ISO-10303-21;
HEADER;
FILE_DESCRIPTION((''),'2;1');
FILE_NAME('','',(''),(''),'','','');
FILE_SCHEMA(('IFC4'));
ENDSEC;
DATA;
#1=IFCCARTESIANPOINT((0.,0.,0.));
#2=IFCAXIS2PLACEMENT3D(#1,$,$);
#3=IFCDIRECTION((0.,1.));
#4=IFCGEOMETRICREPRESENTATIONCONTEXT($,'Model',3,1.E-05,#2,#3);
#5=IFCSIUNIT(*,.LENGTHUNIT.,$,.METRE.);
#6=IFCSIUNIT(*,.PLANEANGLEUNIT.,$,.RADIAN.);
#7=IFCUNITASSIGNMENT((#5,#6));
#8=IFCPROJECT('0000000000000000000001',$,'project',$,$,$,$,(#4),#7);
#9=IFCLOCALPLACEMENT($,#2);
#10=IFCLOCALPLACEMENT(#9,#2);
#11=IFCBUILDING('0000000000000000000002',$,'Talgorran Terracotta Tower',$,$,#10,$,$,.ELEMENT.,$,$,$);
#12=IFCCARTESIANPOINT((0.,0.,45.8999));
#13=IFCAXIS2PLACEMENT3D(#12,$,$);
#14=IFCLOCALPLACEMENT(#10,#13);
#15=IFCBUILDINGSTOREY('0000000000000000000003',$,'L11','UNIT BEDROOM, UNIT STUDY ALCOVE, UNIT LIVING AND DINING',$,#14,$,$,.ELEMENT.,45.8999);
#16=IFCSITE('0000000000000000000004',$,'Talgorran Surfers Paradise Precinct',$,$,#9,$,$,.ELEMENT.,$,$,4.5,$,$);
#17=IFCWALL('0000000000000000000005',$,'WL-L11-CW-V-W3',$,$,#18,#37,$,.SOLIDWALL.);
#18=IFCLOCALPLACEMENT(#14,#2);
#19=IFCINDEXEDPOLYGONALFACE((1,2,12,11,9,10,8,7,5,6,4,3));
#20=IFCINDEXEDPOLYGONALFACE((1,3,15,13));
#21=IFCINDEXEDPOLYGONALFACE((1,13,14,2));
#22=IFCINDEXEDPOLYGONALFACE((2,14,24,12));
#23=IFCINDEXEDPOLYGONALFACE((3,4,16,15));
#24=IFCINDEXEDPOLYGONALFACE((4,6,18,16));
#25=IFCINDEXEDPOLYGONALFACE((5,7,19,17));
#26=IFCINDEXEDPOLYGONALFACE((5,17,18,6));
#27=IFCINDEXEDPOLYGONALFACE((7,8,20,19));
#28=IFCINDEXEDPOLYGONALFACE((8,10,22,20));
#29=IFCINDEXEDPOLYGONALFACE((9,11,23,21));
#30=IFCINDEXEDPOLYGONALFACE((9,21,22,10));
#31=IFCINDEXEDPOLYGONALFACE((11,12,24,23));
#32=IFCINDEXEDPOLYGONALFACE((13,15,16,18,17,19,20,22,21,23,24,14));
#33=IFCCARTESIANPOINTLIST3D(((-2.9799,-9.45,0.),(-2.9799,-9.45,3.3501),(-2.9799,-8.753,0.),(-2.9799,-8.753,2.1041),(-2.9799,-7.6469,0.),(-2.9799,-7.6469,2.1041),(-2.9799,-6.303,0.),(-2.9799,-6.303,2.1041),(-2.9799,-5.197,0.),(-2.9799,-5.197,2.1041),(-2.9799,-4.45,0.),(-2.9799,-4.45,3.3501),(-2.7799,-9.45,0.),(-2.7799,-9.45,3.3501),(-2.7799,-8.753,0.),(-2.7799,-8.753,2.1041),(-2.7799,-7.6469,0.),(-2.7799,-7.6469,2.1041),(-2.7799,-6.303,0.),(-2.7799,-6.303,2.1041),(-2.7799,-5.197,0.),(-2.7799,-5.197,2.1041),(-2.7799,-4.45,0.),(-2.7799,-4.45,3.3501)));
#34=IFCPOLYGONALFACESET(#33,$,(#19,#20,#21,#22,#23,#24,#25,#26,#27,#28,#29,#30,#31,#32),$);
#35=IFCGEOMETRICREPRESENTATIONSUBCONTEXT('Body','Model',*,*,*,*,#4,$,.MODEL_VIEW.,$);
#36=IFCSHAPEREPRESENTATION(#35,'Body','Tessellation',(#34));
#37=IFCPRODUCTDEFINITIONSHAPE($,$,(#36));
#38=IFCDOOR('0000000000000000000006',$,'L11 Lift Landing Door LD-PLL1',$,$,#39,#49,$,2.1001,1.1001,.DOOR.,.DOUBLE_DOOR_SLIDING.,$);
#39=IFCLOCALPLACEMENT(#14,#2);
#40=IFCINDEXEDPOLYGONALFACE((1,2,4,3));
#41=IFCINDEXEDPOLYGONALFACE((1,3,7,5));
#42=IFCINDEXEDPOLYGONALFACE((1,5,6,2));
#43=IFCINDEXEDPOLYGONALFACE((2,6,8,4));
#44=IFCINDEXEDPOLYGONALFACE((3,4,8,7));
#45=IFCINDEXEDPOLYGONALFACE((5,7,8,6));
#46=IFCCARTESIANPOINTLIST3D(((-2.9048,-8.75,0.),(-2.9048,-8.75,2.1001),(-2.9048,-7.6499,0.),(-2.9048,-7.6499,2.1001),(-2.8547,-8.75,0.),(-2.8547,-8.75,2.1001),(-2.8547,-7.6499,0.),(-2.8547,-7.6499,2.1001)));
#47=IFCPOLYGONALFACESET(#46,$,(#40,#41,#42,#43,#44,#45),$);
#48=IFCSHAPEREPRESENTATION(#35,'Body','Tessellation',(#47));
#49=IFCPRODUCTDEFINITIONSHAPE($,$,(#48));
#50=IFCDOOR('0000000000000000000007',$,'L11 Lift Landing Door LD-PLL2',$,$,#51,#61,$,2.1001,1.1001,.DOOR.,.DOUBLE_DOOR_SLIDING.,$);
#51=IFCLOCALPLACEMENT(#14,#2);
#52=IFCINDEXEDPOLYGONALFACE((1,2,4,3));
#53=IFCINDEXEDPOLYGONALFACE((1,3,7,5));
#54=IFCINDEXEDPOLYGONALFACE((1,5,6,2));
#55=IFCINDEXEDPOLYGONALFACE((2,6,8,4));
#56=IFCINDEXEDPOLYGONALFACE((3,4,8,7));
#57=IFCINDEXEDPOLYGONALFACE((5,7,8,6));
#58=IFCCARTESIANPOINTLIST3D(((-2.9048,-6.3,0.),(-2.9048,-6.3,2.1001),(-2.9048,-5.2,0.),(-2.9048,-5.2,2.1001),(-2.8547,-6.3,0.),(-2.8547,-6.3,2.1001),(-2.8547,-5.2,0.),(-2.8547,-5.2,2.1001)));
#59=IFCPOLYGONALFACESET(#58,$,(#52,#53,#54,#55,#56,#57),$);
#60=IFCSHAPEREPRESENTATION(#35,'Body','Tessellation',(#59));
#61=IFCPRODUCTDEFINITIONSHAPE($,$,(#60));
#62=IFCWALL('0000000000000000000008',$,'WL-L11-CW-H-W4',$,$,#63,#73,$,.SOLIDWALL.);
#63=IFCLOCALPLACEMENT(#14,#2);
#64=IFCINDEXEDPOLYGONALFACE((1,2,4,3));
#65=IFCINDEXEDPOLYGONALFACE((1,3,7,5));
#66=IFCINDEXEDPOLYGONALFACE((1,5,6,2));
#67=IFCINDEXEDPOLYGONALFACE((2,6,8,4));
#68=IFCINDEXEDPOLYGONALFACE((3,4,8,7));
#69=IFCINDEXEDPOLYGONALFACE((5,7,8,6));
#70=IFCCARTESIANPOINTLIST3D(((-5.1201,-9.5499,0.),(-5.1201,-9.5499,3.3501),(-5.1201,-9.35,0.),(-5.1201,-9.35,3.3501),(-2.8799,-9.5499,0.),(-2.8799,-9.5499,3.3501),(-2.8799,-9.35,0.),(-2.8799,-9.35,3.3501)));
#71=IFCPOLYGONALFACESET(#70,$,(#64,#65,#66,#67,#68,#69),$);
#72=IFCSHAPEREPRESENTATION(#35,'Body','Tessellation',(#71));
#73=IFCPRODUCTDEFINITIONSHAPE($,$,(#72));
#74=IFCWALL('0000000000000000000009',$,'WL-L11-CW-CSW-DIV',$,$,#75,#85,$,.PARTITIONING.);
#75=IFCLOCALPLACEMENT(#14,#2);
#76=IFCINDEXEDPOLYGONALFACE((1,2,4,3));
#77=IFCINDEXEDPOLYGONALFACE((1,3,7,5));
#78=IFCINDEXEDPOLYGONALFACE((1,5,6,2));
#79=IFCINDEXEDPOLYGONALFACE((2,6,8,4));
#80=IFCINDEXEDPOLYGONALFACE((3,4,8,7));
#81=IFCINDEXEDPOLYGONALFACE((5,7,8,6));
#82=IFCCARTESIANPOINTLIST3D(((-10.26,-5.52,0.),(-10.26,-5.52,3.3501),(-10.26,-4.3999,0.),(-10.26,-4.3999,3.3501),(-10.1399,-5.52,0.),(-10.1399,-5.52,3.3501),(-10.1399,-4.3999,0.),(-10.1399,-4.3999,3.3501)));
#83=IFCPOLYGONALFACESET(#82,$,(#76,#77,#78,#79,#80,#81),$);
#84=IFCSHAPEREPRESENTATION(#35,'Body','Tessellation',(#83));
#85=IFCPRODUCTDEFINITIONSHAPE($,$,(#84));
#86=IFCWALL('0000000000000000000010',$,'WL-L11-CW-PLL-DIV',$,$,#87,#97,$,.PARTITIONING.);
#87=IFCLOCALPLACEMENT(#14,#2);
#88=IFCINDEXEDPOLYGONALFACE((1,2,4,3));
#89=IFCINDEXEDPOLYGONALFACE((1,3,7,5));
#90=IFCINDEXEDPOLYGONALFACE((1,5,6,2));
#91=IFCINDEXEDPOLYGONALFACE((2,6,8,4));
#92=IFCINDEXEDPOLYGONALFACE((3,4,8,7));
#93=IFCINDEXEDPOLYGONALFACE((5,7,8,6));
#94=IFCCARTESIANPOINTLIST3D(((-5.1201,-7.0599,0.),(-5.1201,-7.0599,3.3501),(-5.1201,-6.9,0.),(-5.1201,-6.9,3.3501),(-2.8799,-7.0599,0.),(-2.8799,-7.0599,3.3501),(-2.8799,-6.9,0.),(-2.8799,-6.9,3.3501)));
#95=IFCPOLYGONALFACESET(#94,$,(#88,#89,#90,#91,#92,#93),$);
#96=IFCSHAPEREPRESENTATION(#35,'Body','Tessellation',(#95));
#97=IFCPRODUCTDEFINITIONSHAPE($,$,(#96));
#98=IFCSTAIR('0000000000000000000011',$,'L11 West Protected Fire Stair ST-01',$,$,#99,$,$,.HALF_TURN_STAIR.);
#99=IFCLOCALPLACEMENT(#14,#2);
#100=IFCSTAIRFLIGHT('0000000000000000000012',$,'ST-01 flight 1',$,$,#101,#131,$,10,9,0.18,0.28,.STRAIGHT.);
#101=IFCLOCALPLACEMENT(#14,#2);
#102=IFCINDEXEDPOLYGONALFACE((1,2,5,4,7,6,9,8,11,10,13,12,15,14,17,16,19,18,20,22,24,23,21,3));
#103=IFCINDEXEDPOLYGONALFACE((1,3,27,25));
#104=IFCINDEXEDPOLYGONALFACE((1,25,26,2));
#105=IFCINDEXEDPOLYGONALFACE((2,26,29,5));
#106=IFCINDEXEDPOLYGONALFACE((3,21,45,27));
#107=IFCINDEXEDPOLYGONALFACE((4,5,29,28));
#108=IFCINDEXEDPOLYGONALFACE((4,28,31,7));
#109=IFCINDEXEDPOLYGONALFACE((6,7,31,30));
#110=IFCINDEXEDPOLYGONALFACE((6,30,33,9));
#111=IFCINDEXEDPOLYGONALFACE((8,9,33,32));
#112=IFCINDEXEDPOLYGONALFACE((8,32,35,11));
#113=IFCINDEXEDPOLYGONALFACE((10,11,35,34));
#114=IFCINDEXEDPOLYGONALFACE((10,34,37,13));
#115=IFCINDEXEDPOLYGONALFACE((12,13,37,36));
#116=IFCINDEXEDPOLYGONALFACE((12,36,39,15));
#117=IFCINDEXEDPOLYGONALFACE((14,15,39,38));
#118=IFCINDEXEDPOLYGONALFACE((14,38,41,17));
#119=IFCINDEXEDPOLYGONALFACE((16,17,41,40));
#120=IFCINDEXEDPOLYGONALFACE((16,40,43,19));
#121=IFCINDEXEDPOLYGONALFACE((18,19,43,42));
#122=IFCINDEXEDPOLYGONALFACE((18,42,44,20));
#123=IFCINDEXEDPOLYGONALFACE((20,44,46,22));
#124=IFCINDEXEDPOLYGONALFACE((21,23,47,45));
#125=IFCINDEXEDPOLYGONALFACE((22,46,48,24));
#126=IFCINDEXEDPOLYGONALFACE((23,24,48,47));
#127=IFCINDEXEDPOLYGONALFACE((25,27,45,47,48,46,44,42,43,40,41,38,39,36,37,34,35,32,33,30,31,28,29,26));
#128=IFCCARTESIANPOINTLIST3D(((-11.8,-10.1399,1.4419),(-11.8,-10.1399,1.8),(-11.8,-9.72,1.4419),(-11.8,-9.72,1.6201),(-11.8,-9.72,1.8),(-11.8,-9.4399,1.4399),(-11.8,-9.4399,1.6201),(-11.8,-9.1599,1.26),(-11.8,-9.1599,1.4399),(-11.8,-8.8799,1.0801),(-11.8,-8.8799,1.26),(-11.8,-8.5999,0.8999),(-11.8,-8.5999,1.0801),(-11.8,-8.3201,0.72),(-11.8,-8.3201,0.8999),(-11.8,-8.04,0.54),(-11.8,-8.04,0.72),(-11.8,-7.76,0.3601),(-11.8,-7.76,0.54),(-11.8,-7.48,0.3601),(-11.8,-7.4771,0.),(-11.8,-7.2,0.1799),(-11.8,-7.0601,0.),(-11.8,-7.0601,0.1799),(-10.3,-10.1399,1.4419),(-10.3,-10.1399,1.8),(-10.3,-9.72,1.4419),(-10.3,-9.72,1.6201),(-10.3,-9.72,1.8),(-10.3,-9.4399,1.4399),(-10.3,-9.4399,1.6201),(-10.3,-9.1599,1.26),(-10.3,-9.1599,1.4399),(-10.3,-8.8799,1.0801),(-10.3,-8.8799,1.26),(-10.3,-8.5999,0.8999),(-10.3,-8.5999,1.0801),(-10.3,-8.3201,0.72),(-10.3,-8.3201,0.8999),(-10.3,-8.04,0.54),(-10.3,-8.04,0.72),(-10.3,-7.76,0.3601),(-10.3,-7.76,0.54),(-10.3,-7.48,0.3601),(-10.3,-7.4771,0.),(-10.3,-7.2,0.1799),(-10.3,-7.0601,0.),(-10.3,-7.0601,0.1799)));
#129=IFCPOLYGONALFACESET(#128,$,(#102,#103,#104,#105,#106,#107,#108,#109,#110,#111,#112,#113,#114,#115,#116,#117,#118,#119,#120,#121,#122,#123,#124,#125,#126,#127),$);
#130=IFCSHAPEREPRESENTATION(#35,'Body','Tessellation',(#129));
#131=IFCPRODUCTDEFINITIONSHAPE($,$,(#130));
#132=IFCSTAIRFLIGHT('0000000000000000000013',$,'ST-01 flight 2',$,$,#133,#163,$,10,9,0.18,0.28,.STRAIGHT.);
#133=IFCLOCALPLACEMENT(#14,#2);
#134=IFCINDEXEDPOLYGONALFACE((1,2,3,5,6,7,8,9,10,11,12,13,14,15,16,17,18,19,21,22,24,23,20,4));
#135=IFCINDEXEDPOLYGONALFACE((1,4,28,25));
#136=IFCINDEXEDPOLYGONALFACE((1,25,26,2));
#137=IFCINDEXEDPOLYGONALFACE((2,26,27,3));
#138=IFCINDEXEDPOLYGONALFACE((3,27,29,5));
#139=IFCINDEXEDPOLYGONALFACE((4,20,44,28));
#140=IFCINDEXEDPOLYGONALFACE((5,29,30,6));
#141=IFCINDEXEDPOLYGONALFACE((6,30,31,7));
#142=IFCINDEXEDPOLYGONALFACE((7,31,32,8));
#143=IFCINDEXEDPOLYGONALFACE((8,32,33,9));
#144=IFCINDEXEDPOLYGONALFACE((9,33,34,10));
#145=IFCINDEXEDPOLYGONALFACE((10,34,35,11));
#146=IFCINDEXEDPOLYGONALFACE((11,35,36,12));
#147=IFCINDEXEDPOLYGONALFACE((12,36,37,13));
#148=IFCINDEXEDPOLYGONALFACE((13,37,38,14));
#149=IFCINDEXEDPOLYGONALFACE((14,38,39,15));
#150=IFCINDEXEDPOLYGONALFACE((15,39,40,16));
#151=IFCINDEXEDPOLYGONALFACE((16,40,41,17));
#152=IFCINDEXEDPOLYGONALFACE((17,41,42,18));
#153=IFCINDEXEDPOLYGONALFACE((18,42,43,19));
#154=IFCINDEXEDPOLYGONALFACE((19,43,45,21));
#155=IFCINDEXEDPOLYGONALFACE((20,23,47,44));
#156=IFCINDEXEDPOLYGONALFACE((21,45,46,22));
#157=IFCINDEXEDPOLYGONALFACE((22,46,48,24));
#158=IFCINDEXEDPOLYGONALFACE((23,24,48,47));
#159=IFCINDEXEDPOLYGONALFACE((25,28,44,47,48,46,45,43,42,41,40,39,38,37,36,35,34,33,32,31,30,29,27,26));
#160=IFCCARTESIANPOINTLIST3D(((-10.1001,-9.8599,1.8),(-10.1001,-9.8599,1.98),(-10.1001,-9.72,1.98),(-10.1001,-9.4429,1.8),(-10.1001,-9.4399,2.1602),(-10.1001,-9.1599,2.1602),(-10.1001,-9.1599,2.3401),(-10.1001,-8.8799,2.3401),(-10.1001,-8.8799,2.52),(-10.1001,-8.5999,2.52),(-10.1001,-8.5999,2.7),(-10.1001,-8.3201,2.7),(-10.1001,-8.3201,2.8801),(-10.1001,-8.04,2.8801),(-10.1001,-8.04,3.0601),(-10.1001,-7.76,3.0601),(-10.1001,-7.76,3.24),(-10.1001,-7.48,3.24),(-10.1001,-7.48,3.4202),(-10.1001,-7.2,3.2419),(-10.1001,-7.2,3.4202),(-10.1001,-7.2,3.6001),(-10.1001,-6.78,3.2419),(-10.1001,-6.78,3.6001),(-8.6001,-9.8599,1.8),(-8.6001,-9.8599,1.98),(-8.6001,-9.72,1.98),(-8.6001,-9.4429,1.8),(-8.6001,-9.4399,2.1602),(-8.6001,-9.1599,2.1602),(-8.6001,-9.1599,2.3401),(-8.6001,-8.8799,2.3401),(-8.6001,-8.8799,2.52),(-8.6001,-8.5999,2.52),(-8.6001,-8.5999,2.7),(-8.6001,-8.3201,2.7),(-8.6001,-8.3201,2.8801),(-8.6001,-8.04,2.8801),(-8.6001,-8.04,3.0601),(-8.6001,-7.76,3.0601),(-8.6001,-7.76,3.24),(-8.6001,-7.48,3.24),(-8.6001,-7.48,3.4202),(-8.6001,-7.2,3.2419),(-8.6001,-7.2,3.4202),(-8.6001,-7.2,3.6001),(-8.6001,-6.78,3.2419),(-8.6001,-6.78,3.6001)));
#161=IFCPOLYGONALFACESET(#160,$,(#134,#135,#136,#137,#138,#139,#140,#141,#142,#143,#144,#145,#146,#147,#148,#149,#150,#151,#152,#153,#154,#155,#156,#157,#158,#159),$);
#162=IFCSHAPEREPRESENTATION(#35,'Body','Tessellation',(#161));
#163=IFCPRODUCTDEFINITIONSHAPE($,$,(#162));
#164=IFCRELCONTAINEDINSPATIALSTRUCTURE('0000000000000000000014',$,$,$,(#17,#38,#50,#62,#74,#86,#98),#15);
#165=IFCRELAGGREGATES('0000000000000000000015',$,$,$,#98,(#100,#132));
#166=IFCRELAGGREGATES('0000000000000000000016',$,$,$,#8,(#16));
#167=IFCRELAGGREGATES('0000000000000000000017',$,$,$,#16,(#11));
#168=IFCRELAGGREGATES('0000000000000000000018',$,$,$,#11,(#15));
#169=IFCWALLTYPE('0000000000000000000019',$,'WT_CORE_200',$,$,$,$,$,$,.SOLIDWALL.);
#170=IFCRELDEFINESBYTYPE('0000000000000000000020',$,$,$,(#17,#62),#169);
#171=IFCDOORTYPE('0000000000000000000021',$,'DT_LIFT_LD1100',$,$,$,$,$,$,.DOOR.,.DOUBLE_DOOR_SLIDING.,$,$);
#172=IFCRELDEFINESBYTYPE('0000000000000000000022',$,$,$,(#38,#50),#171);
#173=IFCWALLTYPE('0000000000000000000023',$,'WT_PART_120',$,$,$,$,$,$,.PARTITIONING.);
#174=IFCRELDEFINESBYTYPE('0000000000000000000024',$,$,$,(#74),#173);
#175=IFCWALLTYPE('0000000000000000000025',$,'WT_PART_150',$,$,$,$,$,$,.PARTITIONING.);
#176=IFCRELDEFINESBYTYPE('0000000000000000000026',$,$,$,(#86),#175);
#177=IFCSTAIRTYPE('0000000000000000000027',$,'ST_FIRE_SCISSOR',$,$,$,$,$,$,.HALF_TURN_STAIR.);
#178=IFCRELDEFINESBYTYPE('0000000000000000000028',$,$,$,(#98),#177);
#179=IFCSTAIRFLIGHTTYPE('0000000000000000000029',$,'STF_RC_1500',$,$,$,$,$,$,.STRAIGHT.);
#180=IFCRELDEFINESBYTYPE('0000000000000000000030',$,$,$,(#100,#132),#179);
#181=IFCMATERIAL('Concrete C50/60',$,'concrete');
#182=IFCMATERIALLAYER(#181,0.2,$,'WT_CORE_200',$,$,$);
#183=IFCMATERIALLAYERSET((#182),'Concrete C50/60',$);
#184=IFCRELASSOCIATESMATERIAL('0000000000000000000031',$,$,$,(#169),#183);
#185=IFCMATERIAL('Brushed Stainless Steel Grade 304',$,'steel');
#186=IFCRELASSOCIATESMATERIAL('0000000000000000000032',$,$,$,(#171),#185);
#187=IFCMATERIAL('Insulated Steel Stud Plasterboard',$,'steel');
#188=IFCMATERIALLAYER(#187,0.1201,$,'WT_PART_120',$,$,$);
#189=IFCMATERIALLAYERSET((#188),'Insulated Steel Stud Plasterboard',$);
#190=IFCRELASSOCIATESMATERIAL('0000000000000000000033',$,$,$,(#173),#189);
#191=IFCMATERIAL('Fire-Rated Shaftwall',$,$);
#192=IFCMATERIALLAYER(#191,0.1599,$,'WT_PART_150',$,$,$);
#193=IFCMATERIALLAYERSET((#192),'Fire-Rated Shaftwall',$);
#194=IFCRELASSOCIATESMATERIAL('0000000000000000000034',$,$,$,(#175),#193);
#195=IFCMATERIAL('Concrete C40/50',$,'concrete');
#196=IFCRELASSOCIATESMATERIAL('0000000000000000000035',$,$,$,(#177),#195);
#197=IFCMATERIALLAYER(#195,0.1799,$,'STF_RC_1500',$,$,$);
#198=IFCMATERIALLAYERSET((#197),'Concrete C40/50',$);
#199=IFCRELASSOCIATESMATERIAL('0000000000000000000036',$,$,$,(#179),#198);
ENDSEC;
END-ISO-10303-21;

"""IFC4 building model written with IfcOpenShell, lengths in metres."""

from ifc_helpers import new_model, si_unit, direction, frame, frame_2d, origin, place, context, subcontext, project, spatial, polyline, rectangle, outline, extrude, material, layer, layer_set, type_object, element, fill, aggregate, save


model = new_model("IFC4")

# Units and contexts
model_context = context("Model", 3, precision=1e-05, world=origin(), true_north=direction((0.0, 1.0)))
body_context = subcontext(model_context, "Body", "Model", "MODEL_VIEW")
ifc_project = project(units=[si_unit("LENGTHUNIT", "METRE"), si_unit("PLANEANGLEUNIT", "RADIAN")], contexts=[model_context])

# Site, building, storey
site_placement = place(None, origin())
site = spatial("IfcSite", under=ifc_project, at=site_placement, Name="Talgorran Surfers Paradise Precinct", CompositionType="ELEMENT", RefElevation=4.5)
building_placement = place(site_placement, origin())
building = spatial("IfcBuilding", under=site, at=building_placement, Name="Talgorran Terracotta Tower", CompositionType="ELEMENT")
storey_placement = place(building_placement, frame((0.0, 0.0, 45.8999)))
storey = spatial("IfcBuildingStorey", under=building, at=storey_placement, Name="L11", Description="UNIT BEDROOM, UNIT STUDY ALCOVE, UNIT LIVING AND DINING", CompositionType="ELEMENT", Elevation=45.8999)

# Wall, openings, doors
ifc_material_1 = material(Name="Concrete C50/60", Category="concrete")
ifc_layer_1 = layer(ifc_material_1, 0.2, Name="WT_CORE_200")
ifc_layer_set_1 = layer_set([ifc_layer_1], Name="Concrete C50/60")
wall_type_1 = type_object("IfcWallType", Name="WT_CORE_200", PredefinedType="SOLIDWALL", material=ifc_layer_set_1)
wall_1_placement = place(storey_placement, frame((-2.8799, -9.45, 0.0), z_axis=(0.0, 0.0, 1.0), x_axis=(0.0, 1.0, 0.0)))
wall_1 = element("IfcWall", 1, at=wall_1_placement, inside=storey, type_object=wall_type_1, Name="WL-L11-CW-V-W3", PredefinedType="SOLIDWALL", context=body_context, shape_type="SweptSolid", body=[
    extrude(rectangle(XDim=5.0, YDim=0.2, at=frame_2d((2.5, 0.0))), origin(), (0.0, 0.0, 1.0), 3.3501),
])
opening_1_placement = place(wall_1_placement, frame((0.7, 0.0, 0.0)))
opening_1 = element("IfcOpeningElement", 2, at=opening_1_placement, cuts=wall_1, PredefinedType="OPENING", context=body_context, shape_type="SweptSolid", body=[
    extrude(rectangle(XDim=1.1061, YDim=2.1041, at=frame_2d((0.55, 1.052))), frame((0.0, 0.1099, 0.0), z_axis=(0.0, -1.0, 0.0), x_axis=(1.0, 0.0, 0.0)), (0.0, 0.0, 1.0), 0.22),
])
opening_2_placement = place(wall_1_placement, frame((3.1499, 0.0, 0.0)))
opening_2 = element("IfcOpeningElement", 3, at=opening_2_placement, cuts=wall_1, PredefinedType="OPENING", context=body_context, shape_type="SweptSolid", body=[
    extrude(rectangle(XDim=1.1061, YDim=2.1041, at=frame_2d((0.55, 1.052))), frame((0.0, 0.1099, 0.0), z_axis=(0.0, -1.0, 0.0), x_axis=(1.0, 0.0, 0.0)), (0.0, 0.0, 1.0), 0.22),
])
ifc_material_2 = material(Name="Brushed Stainless Steel Grade 304", Category="steel")
door_type = type_object("IfcDoorType", Name="DT_LIFT_LD1100", OperationType="DOUBLE_DOOR_SLIDING", PredefinedType="DOOR", material=ifc_material_2)
door_1_placement = place(opening_1_placement, origin())
door_1 = element("IfcDoor", 4, at=door_1_placement, inside=storey, type_object=door_type, Name="L11 Lift Landing Door LD-PLL1", OperationType="DOUBLE_DOOR_SLIDING", OverallHeight=2.1001, OverallWidth=1.1001, PredefinedType="DOOR", context=body_context, shape_type="SweptSolid", body=[
    extrude(rectangle(XDim=1.1001, YDim=2.1001, at=frame_2d((0.55, 1.05))), frame((0.0, 0.0249, 0.0), z_axis=(0.0, -1.0, 0.0), x_axis=(1.0, 0.0, 0.0)), (0.0, 0.0, 1.0), 0.05),
])
fill(opening_1, door_1)
door_2_placement = place(opening_2_placement, origin())
door_2 = element("IfcDoor", 5, at=door_2_placement, inside=storey, type_object=door_type, Name="L11 Lift Landing Door LD-PLL2", OperationType="DOUBLE_DOOR_SLIDING", OverallHeight=2.1001, OverallWidth=1.1001, PredefinedType="DOOR", context=body_context, shape_type="SweptSolid", body=[
    extrude(rectangle(XDim=1.1001, YDim=2.1001, at=frame_2d((0.55, 1.05))), frame((0.0, 0.0249, 0.0), z_axis=(0.0, -1.0, 0.0), x_axis=(1.0, 0.0, 0.0)), (0.0, 0.0, 1.0), 0.05),
])
fill(opening_2, door_2)

# Walls
wall_2_placement = place(storey_placement, frame((-5.1201, -9.45, 0.0), z_axis=(0.0, 0.0, 1.0), x_axis=(1.0, 0.0, 0.0)))
element("IfcWall", 6, at=wall_2_placement, inside=storey, type_object=wall_type_1, Name="WL-L11-CW-H-W4", PredefinedType="SOLIDWALL", context=body_context, shape_type="SweptSolid", body=[
    extrude(rectangle(XDim=2.2402, YDim=0.2, at=frame_2d((1.1201, 0.0))), origin(), (0.0, 0.0, 1.0), 3.3501),
])
ifc_material_3 = material(Name="Insulated Steel Stud Plasterboard", Category="steel")
ifc_layer_2 = layer(ifc_material_3, 0.1201, Name="WT_PART_120")
ifc_layer_set_2 = layer_set([ifc_layer_2], Name="Insulated Steel Stud Plasterboard")
wall_type_2 = type_object("IfcWallType", Name="WT_PART_120", PredefinedType="PARTITIONING", material=ifc_layer_set_2)
wall_3_placement = place(storey_placement, frame((-10.2, -5.52, 0.0), z_axis=(0.0, 0.0, 1.0), x_axis=(0.0, 1.0, 0.0)))
element("IfcWall", 7, at=wall_3_placement, inside=storey, type_object=wall_type_2, Name="WL-L11-CW-CSW-DIV", PredefinedType="PARTITIONING", context=body_context, shape_type="SweptSolid", body=[
    extrude(rectangle(XDim=1.1201, YDim=0.1201, at=frame_2d((0.5601, 0.0))), origin(), (0.0, 0.0, 1.0), 3.3501),
])
ifc_material_4 = material(Name="Fire-Rated Shaftwall")
ifc_layer_3 = layer(ifc_material_4, 0.1599, Name="WT_PART_150")
ifc_layer_set_3 = layer_set([ifc_layer_3], Name="Fire-Rated Shaftwall")
wall_type_3 = type_object("IfcWallType", Name="WT_PART_150", PredefinedType="PARTITIONING", material=ifc_layer_set_3)
wall_4_placement = place(storey_placement, frame((-5.1201, -6.98, 0.0), z_axis=(0.0, 0.0, 1.0), x_axis=(1.0, 0.0, 0.0)))
element("IfcWall", 8, at=wall_4_placement, inside=storey, type_object=wall_type_3, Name="WL-L11-CW-PLL-DIV", PredefinedType="PARTITIONING", context=body_context, shape_type="SweptSolid", body=[
    extrude(rectangle(XDim=2.2402, YDim=0.1599, at=frame_2d((1.1201, 0.0))), origin(), (0.0, 0.0, 1.0), 3.3501),
])

# Stair, stair flights
ifc_material_5 = material(Name="Concrete C40/50", Category="concrete")
stair_type = type_object("IfcStairType", Name="ST_FIRE_SCISSOR", PredefinedType="HALF_TURN_STAIR", material=ifc_material_5)
stair_placement = place(storey_placement, origin())
stair = element("IfcStair", 9, at=stair_placement, inside=storey, type_object=stair_type, Name="L11 West Protected Fire Stair ST-01", PredefinedType="HALF_TURN_STAIR")
ifc_layer_4 = layer(ifc_material_5, 0.1799, Name="STF_RC_1500")
ifc_layer_set_4 = layer_set([ifc_layer_4], Name="Concrete C40/50")
stair_flight_type = type_object("IfcStairFlightType", Name="STF_RC_1500", PredefinedType="STRAIGHT", material=ifc_layer_set_4)
stair_flight_1_placement = place(storey_placement, frame((-11.05, -7.2, 0.0), z_axis=(0.0, 0.0, 1.0), x_axis=(0.0, -1.0, 0.0)))
stair_flight_1 = element("IfcStairFlight", 10, at=stair_flight_1_placement, type_object=stair_flight_type, Name="ST-01 flight 1", NumberOfRisers=10, NumberOfTreads=9, PredefinedType="STRAIGHT", RiserHeight=0.18, TreadLength=0.28, context=body_context, shape_type="SweptSolid", body=[
    extrude(outline(polyline([(-0.1399, 0.0), (-0.1399, 0.1799), (0.0, 0.1799), (0.28, 0.3601), (0.5601, 0.3601), (0.5601, 0.54), (0.8401, 0.54), (0.8401, 0.72), (1.1201, 0.72), (1.1201, 0.8999), (1.3999, 0.8999), (1.3999, 1.0801), (1.6799, 1.0801), (1.6799, 1.26), (1.96, 1.26), (1.96, 1.4399), (2.24, 1.4399), (2.24, 1.6201), (2.52, 1.6201), (2.52, 1.8), (2.9399, 1.8), (2.9399, 1.4419), (2.52, 1.4419), (0.2771, 0.0), (-0.1399, 0.0)])), frame((0.0, 0.75, 0.0), z_axis=(0.0, -1.0, 0.0), x_axis=(1.0, 0.0, 0.0)), (0.0, 0.0, 1.0), 1.5),
])
stair_flight_2_placement = place(storey_placement, frame((-9.3501, -9.72, 1.8), z_axis=(0.0, 0.0, 1.0), x_axis=(0.0, 1.0, 0.0)))
stair_flight_2 = element("IfcStairFlight", 11, at=stair_flight_2_placement, type_object=stair_flight_type, Name="ST-01 flight 2", NumberOfRisers=10, NumberOfTreads=9, PredefinedType="STRAIGHT", RiserHeight=0.18, TreadLength=0.28, context=body_context, shape_type="SweptSolid", body=[
    extrude(outline(polyline([(-0.1399, 0.0), (-0.1399, 0.1799), (0.0, 0.1799), (0.28, 0.3601), (0.5601, 0.3601), (0.5601, 0.54), (0.8401, 0.54), (0.8401, 0.72), (1.1201, 0.72), (1.1201, 0.8999), (1.3999, 0.8999), (1.3999, 1.0801), (1.6799, 1.0801), (1.6799, 1.26), (1.96, 1.26), (1.96, 1.4399), (2.24, 1.4399), (2.24, 1.6201), (2.52, 1.6201), (2.52, 1.8), (2.9399, 1.8), (2.9399, 1.4419), (2.52, 1.4419), (0.2771, 0.0), (-0.1399, 0.0)])), frame((0.0, 0.75, 0.0), z_axis=(0.0, -1.0, 0.0), x_axis=(1.0, 0.0, 0.0)), (0.0, 0.0, 1.0), 1.5),
])
aggregate(stair, [stair_flight_1, stair_flight_2])

save(model, "model.ifc")
